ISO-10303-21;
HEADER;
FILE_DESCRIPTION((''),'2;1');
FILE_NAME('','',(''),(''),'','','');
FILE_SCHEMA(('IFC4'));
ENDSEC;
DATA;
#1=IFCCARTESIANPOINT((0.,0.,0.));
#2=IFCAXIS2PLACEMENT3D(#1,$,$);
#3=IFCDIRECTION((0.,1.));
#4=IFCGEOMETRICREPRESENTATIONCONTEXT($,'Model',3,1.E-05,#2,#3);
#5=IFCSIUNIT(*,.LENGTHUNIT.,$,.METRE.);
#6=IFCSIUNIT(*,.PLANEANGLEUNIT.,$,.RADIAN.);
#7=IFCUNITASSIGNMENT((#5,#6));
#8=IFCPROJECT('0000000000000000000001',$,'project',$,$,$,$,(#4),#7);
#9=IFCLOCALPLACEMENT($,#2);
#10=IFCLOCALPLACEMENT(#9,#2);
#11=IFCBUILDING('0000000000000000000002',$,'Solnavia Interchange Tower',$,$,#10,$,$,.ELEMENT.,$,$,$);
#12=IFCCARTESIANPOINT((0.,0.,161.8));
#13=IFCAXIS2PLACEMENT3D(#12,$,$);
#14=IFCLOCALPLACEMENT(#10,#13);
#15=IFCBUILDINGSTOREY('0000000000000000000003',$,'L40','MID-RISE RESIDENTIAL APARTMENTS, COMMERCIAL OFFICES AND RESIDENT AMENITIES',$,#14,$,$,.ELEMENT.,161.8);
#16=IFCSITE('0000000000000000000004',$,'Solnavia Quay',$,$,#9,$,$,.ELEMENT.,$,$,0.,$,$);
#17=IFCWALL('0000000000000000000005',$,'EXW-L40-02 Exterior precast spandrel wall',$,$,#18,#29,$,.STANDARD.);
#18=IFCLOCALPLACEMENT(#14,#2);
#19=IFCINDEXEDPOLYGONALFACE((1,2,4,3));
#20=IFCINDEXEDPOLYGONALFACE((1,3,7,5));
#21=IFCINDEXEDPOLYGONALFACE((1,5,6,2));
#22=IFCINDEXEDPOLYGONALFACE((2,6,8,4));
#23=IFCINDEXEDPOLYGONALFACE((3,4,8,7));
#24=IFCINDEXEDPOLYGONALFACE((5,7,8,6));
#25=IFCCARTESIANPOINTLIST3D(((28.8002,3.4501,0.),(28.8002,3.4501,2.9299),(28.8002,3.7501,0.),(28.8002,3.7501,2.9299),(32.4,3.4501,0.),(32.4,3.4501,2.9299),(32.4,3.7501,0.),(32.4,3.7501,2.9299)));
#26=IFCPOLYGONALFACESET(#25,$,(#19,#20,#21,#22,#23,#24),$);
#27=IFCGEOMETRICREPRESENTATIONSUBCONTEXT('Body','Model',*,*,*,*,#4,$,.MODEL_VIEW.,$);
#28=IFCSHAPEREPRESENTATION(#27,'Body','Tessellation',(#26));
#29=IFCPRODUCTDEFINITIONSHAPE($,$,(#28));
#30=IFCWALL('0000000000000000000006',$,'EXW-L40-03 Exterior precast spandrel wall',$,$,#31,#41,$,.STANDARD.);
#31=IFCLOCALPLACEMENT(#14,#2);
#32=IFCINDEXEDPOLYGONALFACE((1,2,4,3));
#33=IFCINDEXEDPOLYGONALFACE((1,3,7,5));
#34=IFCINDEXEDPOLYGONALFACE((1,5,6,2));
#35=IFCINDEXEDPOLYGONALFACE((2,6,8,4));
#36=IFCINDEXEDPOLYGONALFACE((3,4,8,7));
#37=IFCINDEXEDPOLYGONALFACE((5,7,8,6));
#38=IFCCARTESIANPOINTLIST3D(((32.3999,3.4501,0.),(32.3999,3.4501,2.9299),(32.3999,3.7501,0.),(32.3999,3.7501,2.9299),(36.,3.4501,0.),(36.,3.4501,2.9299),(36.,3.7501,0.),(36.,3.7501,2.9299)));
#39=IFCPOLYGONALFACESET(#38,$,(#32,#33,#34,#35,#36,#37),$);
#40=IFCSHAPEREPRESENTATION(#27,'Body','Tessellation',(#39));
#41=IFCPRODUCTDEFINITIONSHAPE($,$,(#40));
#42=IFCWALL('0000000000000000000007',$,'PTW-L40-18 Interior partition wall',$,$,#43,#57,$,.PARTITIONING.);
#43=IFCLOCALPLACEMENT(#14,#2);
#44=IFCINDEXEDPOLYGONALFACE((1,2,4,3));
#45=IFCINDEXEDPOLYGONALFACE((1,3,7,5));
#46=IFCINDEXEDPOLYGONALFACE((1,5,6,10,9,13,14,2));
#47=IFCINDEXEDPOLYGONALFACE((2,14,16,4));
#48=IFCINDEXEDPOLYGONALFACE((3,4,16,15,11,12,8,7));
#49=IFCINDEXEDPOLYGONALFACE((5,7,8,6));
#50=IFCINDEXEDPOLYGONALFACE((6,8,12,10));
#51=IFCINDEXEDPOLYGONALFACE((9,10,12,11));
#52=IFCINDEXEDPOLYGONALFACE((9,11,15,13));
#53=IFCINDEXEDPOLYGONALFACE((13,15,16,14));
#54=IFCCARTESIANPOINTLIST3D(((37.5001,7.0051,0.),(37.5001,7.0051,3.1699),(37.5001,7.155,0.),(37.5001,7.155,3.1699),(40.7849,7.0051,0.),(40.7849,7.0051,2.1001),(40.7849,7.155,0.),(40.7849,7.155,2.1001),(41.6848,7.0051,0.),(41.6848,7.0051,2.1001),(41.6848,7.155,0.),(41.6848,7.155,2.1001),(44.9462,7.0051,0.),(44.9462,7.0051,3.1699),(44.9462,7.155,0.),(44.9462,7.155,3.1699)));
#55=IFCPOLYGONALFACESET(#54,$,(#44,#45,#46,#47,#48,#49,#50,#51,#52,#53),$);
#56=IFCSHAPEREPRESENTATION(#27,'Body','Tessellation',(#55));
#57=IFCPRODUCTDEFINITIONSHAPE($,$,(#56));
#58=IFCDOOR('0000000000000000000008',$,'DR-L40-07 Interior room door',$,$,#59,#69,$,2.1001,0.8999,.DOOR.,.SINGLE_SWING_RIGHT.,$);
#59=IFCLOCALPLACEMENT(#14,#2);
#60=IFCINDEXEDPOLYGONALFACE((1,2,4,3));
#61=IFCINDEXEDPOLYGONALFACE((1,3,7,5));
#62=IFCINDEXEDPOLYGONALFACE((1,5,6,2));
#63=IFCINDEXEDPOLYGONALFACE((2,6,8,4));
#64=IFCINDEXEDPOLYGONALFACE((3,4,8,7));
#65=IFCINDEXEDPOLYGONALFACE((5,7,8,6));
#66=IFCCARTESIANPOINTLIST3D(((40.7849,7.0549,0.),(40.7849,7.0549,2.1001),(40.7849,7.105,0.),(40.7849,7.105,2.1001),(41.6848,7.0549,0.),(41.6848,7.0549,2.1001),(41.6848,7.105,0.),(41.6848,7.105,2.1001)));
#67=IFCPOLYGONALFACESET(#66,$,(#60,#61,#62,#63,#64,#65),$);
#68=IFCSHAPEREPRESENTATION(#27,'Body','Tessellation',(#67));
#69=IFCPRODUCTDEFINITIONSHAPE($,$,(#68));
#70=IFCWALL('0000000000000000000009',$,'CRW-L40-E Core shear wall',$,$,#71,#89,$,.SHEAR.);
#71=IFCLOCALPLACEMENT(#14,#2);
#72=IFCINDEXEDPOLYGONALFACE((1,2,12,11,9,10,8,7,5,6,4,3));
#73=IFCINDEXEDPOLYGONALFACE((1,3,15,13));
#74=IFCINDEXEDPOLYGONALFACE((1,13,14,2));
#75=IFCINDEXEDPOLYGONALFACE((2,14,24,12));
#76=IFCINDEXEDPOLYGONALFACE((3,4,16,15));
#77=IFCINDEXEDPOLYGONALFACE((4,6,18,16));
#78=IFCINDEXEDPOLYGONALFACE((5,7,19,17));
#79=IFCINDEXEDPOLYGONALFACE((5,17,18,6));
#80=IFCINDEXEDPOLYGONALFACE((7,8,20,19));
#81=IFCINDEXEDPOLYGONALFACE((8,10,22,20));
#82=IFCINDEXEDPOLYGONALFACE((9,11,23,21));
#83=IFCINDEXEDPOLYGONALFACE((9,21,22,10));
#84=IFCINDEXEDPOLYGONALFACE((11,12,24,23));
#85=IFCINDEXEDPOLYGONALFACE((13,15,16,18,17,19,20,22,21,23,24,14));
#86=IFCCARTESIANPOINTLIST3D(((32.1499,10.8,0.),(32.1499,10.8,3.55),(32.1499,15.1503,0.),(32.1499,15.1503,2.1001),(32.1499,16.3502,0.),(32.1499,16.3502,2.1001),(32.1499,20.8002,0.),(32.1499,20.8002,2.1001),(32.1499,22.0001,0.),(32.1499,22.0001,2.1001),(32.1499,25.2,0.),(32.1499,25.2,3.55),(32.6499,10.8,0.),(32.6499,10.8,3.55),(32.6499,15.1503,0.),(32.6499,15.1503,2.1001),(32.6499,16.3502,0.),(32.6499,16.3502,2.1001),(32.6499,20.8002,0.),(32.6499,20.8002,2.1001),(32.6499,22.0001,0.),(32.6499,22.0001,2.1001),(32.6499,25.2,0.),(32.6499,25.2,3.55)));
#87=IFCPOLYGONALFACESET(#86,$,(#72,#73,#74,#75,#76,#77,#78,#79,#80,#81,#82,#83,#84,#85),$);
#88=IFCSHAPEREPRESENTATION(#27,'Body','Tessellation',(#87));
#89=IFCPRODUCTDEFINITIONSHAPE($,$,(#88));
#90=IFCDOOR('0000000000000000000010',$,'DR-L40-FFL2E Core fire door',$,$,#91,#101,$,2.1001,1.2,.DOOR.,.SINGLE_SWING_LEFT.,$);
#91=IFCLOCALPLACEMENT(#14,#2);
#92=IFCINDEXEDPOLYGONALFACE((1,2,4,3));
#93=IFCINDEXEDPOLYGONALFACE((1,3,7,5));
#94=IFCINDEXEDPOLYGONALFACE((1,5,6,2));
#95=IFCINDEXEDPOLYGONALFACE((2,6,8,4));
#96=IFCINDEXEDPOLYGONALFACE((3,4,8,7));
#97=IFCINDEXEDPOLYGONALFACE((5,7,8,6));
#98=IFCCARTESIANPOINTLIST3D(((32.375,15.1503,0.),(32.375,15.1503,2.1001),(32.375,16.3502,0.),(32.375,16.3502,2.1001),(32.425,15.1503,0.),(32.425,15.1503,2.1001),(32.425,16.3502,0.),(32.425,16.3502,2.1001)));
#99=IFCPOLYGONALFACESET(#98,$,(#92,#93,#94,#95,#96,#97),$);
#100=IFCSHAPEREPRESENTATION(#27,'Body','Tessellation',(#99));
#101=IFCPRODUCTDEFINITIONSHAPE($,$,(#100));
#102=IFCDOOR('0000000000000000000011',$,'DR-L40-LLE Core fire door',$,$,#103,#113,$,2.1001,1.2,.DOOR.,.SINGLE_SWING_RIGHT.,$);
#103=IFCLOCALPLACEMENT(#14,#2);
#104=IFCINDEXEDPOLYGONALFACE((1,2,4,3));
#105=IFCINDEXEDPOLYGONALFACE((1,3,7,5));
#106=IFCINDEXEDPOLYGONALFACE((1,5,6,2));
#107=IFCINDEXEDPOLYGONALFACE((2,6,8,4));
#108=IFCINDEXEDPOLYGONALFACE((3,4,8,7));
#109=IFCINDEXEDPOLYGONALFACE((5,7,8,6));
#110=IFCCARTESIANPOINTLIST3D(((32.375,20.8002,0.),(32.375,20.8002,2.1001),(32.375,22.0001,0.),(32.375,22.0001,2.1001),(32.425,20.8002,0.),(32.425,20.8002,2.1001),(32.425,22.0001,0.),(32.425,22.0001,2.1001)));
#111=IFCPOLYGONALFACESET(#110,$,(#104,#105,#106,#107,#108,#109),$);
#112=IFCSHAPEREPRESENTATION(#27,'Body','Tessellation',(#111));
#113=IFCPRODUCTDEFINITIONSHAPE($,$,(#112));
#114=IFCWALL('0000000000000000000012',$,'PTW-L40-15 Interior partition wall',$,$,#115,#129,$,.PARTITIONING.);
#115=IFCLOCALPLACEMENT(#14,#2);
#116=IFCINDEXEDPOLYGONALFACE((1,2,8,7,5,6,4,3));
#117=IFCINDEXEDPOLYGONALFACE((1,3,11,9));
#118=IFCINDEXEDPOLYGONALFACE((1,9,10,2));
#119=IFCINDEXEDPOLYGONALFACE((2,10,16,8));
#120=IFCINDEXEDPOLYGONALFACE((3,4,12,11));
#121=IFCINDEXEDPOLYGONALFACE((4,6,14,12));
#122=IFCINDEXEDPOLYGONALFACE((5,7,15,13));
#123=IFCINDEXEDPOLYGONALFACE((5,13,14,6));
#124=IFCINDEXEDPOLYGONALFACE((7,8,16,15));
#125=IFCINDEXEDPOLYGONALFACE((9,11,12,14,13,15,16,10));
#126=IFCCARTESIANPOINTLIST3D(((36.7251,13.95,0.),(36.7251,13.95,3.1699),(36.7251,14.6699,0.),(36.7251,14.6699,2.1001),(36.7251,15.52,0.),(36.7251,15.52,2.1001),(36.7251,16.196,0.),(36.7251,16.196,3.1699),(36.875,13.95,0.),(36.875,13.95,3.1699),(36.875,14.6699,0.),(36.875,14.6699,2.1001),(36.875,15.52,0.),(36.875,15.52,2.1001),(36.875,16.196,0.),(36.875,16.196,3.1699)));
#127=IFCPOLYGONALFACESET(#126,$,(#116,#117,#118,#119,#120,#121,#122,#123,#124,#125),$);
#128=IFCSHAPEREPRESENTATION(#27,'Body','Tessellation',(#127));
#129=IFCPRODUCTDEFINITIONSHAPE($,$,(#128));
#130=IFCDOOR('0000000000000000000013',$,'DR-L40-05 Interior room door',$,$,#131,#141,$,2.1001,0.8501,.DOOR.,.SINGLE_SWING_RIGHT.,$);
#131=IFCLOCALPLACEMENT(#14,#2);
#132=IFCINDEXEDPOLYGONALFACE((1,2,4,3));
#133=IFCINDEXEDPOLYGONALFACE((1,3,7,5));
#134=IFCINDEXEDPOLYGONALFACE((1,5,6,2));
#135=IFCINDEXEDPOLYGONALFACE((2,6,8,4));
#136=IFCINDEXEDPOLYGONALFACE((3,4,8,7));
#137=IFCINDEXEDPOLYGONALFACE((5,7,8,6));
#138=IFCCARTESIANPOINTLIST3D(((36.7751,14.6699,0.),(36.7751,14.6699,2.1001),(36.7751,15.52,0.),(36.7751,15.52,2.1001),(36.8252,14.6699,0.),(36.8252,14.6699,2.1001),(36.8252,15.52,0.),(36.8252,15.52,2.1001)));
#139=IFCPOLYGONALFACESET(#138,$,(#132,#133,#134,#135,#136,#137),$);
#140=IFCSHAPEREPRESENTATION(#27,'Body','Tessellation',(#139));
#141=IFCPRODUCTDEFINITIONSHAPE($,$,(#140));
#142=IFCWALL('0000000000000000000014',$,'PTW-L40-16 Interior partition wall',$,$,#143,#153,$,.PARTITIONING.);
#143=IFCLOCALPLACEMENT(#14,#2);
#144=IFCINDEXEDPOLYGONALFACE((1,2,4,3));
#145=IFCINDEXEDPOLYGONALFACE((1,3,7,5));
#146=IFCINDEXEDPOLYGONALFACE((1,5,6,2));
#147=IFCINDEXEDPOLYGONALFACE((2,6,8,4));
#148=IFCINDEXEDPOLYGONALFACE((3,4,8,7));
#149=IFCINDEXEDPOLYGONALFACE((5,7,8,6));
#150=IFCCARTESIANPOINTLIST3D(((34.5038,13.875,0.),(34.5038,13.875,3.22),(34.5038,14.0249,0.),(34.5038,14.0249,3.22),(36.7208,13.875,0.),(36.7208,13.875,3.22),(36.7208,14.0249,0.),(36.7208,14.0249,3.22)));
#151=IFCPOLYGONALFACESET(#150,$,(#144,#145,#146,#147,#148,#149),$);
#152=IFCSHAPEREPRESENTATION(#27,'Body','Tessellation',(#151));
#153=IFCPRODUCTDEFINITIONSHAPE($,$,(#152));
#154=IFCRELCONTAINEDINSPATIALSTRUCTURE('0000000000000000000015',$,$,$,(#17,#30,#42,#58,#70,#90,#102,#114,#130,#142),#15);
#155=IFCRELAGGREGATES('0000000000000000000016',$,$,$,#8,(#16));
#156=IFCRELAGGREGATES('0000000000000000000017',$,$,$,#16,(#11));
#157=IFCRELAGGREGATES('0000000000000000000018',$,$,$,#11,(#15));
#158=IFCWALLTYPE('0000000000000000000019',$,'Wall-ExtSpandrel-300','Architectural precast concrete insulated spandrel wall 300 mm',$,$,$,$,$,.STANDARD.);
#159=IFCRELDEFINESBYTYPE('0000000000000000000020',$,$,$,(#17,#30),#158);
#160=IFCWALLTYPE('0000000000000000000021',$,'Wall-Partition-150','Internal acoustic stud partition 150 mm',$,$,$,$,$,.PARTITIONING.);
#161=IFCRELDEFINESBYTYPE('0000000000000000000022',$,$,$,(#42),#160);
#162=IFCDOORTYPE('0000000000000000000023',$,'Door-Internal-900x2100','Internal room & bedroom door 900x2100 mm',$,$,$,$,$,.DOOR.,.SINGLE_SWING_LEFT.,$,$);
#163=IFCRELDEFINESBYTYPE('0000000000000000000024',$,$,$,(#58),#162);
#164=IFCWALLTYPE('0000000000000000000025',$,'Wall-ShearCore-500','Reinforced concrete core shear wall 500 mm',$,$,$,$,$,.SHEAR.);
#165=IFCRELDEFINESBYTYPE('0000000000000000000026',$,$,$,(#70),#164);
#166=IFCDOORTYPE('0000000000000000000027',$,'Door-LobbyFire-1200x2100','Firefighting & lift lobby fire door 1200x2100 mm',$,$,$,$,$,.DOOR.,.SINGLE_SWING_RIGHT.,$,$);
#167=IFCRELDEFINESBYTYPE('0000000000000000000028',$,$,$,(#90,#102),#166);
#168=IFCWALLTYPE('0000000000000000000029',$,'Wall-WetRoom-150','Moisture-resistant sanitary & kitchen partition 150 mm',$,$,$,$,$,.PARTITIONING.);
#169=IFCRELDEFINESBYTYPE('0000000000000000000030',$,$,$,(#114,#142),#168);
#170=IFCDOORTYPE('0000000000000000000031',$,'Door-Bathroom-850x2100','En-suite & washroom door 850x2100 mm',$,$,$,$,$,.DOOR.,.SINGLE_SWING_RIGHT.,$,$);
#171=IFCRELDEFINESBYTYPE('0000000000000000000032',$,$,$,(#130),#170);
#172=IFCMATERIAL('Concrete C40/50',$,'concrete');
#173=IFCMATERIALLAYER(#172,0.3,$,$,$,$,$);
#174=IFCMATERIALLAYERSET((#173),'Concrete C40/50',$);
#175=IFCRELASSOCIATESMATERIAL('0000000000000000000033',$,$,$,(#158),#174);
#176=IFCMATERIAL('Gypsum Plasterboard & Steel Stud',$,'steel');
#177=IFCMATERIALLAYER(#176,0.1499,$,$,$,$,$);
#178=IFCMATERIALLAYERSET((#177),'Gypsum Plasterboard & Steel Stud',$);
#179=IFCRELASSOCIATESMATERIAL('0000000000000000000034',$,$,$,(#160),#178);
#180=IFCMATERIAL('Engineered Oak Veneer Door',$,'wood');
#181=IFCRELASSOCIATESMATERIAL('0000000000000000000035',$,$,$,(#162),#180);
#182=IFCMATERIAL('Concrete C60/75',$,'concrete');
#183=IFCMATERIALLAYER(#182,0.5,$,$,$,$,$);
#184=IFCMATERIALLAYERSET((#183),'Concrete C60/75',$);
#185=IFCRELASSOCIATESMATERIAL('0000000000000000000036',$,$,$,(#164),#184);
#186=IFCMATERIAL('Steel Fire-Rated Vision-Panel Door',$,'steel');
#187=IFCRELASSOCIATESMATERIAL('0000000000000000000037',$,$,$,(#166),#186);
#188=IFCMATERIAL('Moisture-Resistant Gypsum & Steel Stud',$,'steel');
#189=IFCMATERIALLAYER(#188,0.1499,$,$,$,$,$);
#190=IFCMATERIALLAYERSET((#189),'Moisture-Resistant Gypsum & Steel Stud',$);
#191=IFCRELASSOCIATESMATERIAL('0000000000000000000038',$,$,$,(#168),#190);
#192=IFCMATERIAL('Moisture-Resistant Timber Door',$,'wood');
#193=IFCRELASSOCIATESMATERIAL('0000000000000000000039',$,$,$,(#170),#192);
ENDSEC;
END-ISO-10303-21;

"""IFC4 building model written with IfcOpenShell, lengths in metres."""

from ifc_helpers import new_model, si_unit, direction, frame, frame_2d, origin, place, context, subcontext, project, spatial, rectangle, extrude, material, layer, layer_set, type_object, element, fill, save


model = new_model("IFC4")

# Units and contexts
model_context = context("Model", 3, precision=1e-05, world=origin(), true_north=direction((0.0, 1.0)))
body_context = subcontext(model_context, "Body", "Model", "MODEL_VIEW")
ifc_project = project(units=[si_unit("LENGTHUNIT", "METRE"), si_unit("PLANEANGLEUNIT", "RADIAN")], contexts=[model_context])

# Site, building, storey
site_placement = place(None, origin())
site = spatial("IfcSite", under=ifc_project, at=site_placement, Name="Solnavia Quay", CompositionType="ELEMENT", RefElevation=0.0)
building_placement = place(site_placement, origin())
building = spatial("IfcBuilding", under=site, at=building_placement, Name="Solnavia Interchange Tower", CompositionType="ELEMENT")
storey_placement = place(building_placement, frame((0.0, 0.0, 161.8)))
storey = spatial("IfcBuildingStorey", under=building, at=storey_placement, Name="L40", Description="MID-RISE RESIDENTIAL APARTMENTS, COMMERCIAL OFFICES AND RESIDENT AMENITIES", CompositionType="ELEMENT", Elevation=161.8)

# Walls
ifc_material_1 = material(Name="Concrete C40/50", Category="concrete")
ifc_layer_1 = layer(ifc_material_1, 0.3)
ifc_layer_set_1 = layer_set([ifc_layer_1], Name="Concrete C40/50")
wall_type_1 = type_object("IfcWallType", Name="Wall-ExtSpandrel-300", Description="Architectural precast concrete insulated spandrel wall 300 mm", PredefinedType="STANDARD", material=ifc_layer_set_1)
wall_1_placement = place(storey_placement, frame((32.3999, 3.6001, 0.0), z_axis=(0.0, 0.0, 1.0), x_axis=(-1.0, 0.0, 0.0)))
element("IfcWall", 1, at=wall_1_placement, inside=storey, type_object=wall_type_1, Name="EXW-L40-02 Exterior precast spandrel wall", PredefinedType="STANDARD", context=body_context, shape_type="SweptSolid", body=[
    extrude(rectangle(XDim=3.5999, YDim=0.3, at=frame_2d((1.7998, 0.0))), origin(), (0.0, 0.0, 1.0), 2.9299),
])
wall_2_placement = place(storey_placement, frame((36.0, 3.6001, 0.0), z_axis=(0.0, 0.0, 1.0), x_axis=(-1.0, 0.0, 0.0)))
element("IfcWall", 2, at=wall_2_placement, inside=storey, type_object=wall_type_1, Name="EXW-L40-03 Exterior precast spandrel wall", PredefinedType="STANDARD", context=body_context, shape_type="SweptSolid", body=[
    extrude(rectangle(XDim=3.6001, YDim=0.3, at=frame_2d((1.8, 0.0))), origin(), (0.0, 0.0, 1.0), 2.9299),
])

# Wall, opening, door
ifc_material_2 = material(Name="Gypsum Plasterboard & Steel Stud", Category="steel")
ifc_layer_2 = layer(ifc_material_2, 0.1499)
ifc_layer_set_2 = layer_set([ifc_layer_2], Name="Gypsum Plasterboard & Steel Stud")
wall_type_2 = type_object("IfcWallType", Name="Wall-Partition-150", Description="Internal acoustic stud partition 150 mm", PredefinedType="PARTITIONING", material=ifc_layer_set_2)
wall_3_placement = place(storey_placement, frame((37.5, 7.0801, 0.0), z_axis=(0.0, 0.0, 1.0), x_axis=(1.0, 0.0, 0.0)))
wall_3 = element("IfcWall", 3, at=wall_3_placement, inside=storey, type_object=wall_type_2, Name="PTW-L40-18 Interior partition wall", PredefinedType="PARTITIONING", context=body_context, shape_type="SweptSolid", body=[
    extrude(rectangle(XDim=7.446, YDim=0.1499, at=frame_2d((3.7231, 0.0))), origin(), (0.0, 0.0, 1.0), 3.1699),
])
opening_1_placement = place(wall_3_placement, frame((3.2849, 0.0, 0.0)))
opening_1 = element("IfcOpeningElement", 4, at=opening_1_placement, cuts=wall_3, PredefinedType="OPENING", context=body_context, shape_type="SweptSolid", body=[
    extrude(rectangle(XDim=0.8999, YDim=2.1001, at=frame_2d((0.45, 1.05))), frame((0.0, 0.085, 0.0), z_axis=(0.0, -1.0, 0.0), x_axis=(1.0, 0.0, 0.0)), (0.0, 0.0, 1.0), 0.1699),
])
ifc_material_3 = material(Name="Engineered Oak Veneer Door", Category="wood")
door_type_1 = type_object("IfcDoorType", Name="Door-Internal-900x2100", Description="Internal room & bedroom door 900x2100 mm", OperationType="SINGLE_SWING_LEFT", PredefinedType="DOOR", material=ifc_material_3)
door_1_placement = place(opening_1_placement, origin())
door_1 = element("IfcDoor", 5, at=door_1_placement, inside=storey, type_object=door_type_1, Name="DR-L40-07 Interior room door", OperationType="SINGLE_SWING_RIGHT", OverallHeight=2.1001, OverallWidth=0.8999, PredefinedType="DOOR", context=body_context, shape_type="SweptSolid", body=[
    extrude(rectangle(XDim=0.8999, YDim=2.1001, at=frame_2d((0.45, 1.05))), frame((0.0, 0.0249, 0.0), z_axis=(0.0, -1.0, 0.0), x_axis=(1.0, 0.0, 0.0)), (0.0, 0.0, 1.0), 0.05),
])
fill(opening_1, door_1)

# Wall, openings, doors
ifc_material_4 = material(Name="Concrete C60/75", Category="concrete")
ifc_layer_3 = layer(ifc_material_4, 0.5)
ifc_layer_set_3 = layer_set([ifc_layer_3], Name="Concrete C60/75")
wall_type_3 = type_object("IfcWallType", Name="Wall-ShearCore-500", Description="Reinforced concrete core shear wall 500 mm", PredefinedType="SHEAR", material=ifc_layer_set_3)
wall_4_placement = place(storey_placement, frame((32.3999, 10.8, 0.0), z_axis=(0.0, 0.0, 1.0), x_axis=(0.0, 1.0, 0.0)))
wall_4 = element("IfcWall", 6, at=wall_4_placement, inside=storey, type_object=wall_type_3, Name="CRW-L40-E Core shear wall", PredefinedType="SHEAR", context=body_context, shape_type="SweptSolid", body=[
    extrude(rectangle(XDim=14.3999, YDim=0.5, at=frame_2d((7.2, 0.0))), origin(), (0.0, 0.0, 1.0), 3.55),
])
opening_2_placement = place(wall_4_placement, frame((4.3501, 0.0, 0.0)))
opening_2 = element("IfcOpeningElement", 7, at=opening_2_placement, cuts=wall_4, PredefinedType="OPENING", context=body_context, shape_type="SweptSolid", body=[
    extrude(rectangle(XDim=1.2, YDim=2.1001, at=frame_2d((0.6001, 1.05))), frame((0.0, 0.26, 0.0), z_axis=(0.0, -1.0, 0.0), x_axis=(1.0, 0.0, 0.0)), (0.0, 0.0, 1.0), 0.52),
])
opening_3_placement = place(wall_4_placement, frame((10.0, 0.0, 0.0)))
opening_3 = element("IfcOpeningElement", 8, at=opening_3_placement, cuts=wall_4, PredefinedType="OPENING", context=body_context, shape_type="SweptSolid", body=[
    extrude(rectangle(XDim=1.2, YDim=2.1001, at=frame_2d((0.6001, 1.05))), frame((0.0, 0.26, 0.0), z_axis=(0.0, -1.0, 0.0), x_axis=(1.0, 0.0, 0.0)), (0.0, 0.0, 1.0), 0.52),
])
ifc_material_5 = material(Name="Steel Fire-Rated Vision-Panel Door", Category="steel")
door_type_2 = type_object("IfcDoorType", Name="Door-LobbyFire-1200x2100", Description="Firefighting & lift lobby fire door 1200x2100 mm", OperationType="SINGLE_SWING_RIGHT", PredefinedType="DOOR", material=ifc_material_5)
door_2_placement = place(opening_2_placement, origin())
door_2 = element("IfcDoor", 9, at=door_2_placement, inside=storey, type_object=door_type_2, Name="DR-L40-FFL2E Core fire door", OperationType="SINGLE_SWING_LEFT", OverallHeight=2.1001, OverallWidth=1.2, PredefinedType="DOOR", context=body_context, shape_type="SweptSolid", body=[
    extrude(rectangle(XDim=1.2, YDim=2.1001, at=frame_2d((0.6001, 1.05))), frame((0.0, 0.0249, 0.0), z_axis=(0.0, -1.0, 0.0), x_axis=(1.0, 0.0, 0.0)), (0.0, 0.0, 1.0), 0.05),
])
fill(opening_2, door_2)
door_3_placement = place(opening_3_placement, origin())
door_3 = element("IfcDoor", 10, at=door_3_placement, inside=storey, type_object=door_type_2, Name="DR-L40-LLE Core fire door", OperationType="SINGLE_SWING_RIGHT", OverallHeight=2.1001, OverallWidth=1.2, PredefinedType="DOOR", context=body_context, shape_type="SweptSolid", body=[
    extrude(rectangle(XDim=1.2, YDim=2.1001, at=frame_2d((0.6001, 1.05))), frame((0.0, 0.0249, 0.0), z_axis=(0.0, -1.0, 0.0), x_axis=(1.0, 0.0, 0.0)), (0.0, 0.0, 1.0), 0.05),
])
fill(opening_3, door_3)

# Wall, opening, door
ifc_material_6 = material(Name="Moisture-Resistant Gypsum & Steel Stud", Category="steel")
ifc_layer_4 = layer(ifc_material_6, 0.1499)
ifc_layer_set_4 = layer_set([ifc_layer_4], Name="Moisture-Resistant Gypsum & Steel Stud")
wall_type_4 = type_object("IfcWallType", Name="Wall-WetRoom-150", Description="Moisture-resistant sanitary & kitchen partition 150 mm", PredefinedType="PARTITIONING", material=ifc_layer_set_4)
wall_5_placement = place(storey_placement, frame((36.8, 13.95, 0.0), z_axis=(0.0, 0.0, 1.0), x_axis=(0.0, 1.0, 0.0)))
wall_5 = element("IfcWall", 11, at=wall_5_placement, inside=storey, type_object=wall_type_4, Name="PTW-L40-15 Interior partition wall", PredefinedType="PARTITIONING", context=body_context, shape_type="SweptSolid", body=[
    extrude(rectangle(XDim=2.2461, YDim=0.1499, at=frame_2d((1.123, 0.0))), origin(), (0.0, 0.0, 1.0), 3.1699),
])
opening_4_placement = place(wall_5_placement, frame((0.72, 0.0, 0.0)))
opening_4 = element("IfcOpeningElement", 12, at=opening_4_placement, cuts=wall_5, PredefinedType="OPENING", context=body_context, shape_type="SweptSolid", body=[
    extrude(rectangle(XDim=0.8501, YDim=2.1001, at=frame_2d((0.425, 1.05))), frame((0.0, 0.085, 0.0), z_axis=(0.0, -1.0, 0.0), x_axis=(1.0, 0.0, 0.0)), (0.0, 0.0, 1.0), 0.1699),
])
ifc_material_7 = material(Name="Moisture-Resistant Timber Door", Category="wood")
door_type_3 = type_object("IfcDoorType", Name="Door-Bathroom-850x2100", Description="En-suite & washroom door 850x2100 mm", OperationType="SINGLE_SWING_RIGHT", PredefinedType="DOOR", material=ifc_material_7)
door_4_placement = place(opening_4_placement, origin())
door_4 = element("IfcDoor", 13, at=door_4_placement, inside=storey, type_object=door_type_3, Name="DR-L40-05 Interior room door", OperationType="SINGLE_SWING_RIGHT", OverallHeight=2.1001, OverallWidth=0.8501, PredefinedType="DOOR", context=body_context, shape_type="SweptSolid", body=[
    extrude(rectangle(XDim=0.8501, YDim=2.1001, at=frame_2d((0.425, 1.05))), frame((0.0, 0.0249, 0.0), z_axis=(0.0, -1.0, 0.0), x_axis=(1.0, 0.0, 0.0)), (0.0, 0.0, 1.0), 0.05),
])
fill(opening_4, door_4)

# Wall
wall_6_placement = place(storey_placement, frame((34.5039, 13.95, 0.0), z_axis=(0.0, 0.0, 1.0), x_axis=(1.0, 0.0, 0.0)))
element("IfcWall", 14, at=wall_6_placement, inside=storey, type_object=wall_type_4, Name="PTW-L40-16 Interior partition wall", PredefinedType="PARTITIONING", context=body_context, shape_type="SweptSolid", body=[
    extrude(rectangle(XDim=2.217, YDim=0.1499, at=frame_2d((1.1084, 0.0))), origin(), (0.0, 0.0, 1.0), 3.22),
])

save(model, "model.ifc")
